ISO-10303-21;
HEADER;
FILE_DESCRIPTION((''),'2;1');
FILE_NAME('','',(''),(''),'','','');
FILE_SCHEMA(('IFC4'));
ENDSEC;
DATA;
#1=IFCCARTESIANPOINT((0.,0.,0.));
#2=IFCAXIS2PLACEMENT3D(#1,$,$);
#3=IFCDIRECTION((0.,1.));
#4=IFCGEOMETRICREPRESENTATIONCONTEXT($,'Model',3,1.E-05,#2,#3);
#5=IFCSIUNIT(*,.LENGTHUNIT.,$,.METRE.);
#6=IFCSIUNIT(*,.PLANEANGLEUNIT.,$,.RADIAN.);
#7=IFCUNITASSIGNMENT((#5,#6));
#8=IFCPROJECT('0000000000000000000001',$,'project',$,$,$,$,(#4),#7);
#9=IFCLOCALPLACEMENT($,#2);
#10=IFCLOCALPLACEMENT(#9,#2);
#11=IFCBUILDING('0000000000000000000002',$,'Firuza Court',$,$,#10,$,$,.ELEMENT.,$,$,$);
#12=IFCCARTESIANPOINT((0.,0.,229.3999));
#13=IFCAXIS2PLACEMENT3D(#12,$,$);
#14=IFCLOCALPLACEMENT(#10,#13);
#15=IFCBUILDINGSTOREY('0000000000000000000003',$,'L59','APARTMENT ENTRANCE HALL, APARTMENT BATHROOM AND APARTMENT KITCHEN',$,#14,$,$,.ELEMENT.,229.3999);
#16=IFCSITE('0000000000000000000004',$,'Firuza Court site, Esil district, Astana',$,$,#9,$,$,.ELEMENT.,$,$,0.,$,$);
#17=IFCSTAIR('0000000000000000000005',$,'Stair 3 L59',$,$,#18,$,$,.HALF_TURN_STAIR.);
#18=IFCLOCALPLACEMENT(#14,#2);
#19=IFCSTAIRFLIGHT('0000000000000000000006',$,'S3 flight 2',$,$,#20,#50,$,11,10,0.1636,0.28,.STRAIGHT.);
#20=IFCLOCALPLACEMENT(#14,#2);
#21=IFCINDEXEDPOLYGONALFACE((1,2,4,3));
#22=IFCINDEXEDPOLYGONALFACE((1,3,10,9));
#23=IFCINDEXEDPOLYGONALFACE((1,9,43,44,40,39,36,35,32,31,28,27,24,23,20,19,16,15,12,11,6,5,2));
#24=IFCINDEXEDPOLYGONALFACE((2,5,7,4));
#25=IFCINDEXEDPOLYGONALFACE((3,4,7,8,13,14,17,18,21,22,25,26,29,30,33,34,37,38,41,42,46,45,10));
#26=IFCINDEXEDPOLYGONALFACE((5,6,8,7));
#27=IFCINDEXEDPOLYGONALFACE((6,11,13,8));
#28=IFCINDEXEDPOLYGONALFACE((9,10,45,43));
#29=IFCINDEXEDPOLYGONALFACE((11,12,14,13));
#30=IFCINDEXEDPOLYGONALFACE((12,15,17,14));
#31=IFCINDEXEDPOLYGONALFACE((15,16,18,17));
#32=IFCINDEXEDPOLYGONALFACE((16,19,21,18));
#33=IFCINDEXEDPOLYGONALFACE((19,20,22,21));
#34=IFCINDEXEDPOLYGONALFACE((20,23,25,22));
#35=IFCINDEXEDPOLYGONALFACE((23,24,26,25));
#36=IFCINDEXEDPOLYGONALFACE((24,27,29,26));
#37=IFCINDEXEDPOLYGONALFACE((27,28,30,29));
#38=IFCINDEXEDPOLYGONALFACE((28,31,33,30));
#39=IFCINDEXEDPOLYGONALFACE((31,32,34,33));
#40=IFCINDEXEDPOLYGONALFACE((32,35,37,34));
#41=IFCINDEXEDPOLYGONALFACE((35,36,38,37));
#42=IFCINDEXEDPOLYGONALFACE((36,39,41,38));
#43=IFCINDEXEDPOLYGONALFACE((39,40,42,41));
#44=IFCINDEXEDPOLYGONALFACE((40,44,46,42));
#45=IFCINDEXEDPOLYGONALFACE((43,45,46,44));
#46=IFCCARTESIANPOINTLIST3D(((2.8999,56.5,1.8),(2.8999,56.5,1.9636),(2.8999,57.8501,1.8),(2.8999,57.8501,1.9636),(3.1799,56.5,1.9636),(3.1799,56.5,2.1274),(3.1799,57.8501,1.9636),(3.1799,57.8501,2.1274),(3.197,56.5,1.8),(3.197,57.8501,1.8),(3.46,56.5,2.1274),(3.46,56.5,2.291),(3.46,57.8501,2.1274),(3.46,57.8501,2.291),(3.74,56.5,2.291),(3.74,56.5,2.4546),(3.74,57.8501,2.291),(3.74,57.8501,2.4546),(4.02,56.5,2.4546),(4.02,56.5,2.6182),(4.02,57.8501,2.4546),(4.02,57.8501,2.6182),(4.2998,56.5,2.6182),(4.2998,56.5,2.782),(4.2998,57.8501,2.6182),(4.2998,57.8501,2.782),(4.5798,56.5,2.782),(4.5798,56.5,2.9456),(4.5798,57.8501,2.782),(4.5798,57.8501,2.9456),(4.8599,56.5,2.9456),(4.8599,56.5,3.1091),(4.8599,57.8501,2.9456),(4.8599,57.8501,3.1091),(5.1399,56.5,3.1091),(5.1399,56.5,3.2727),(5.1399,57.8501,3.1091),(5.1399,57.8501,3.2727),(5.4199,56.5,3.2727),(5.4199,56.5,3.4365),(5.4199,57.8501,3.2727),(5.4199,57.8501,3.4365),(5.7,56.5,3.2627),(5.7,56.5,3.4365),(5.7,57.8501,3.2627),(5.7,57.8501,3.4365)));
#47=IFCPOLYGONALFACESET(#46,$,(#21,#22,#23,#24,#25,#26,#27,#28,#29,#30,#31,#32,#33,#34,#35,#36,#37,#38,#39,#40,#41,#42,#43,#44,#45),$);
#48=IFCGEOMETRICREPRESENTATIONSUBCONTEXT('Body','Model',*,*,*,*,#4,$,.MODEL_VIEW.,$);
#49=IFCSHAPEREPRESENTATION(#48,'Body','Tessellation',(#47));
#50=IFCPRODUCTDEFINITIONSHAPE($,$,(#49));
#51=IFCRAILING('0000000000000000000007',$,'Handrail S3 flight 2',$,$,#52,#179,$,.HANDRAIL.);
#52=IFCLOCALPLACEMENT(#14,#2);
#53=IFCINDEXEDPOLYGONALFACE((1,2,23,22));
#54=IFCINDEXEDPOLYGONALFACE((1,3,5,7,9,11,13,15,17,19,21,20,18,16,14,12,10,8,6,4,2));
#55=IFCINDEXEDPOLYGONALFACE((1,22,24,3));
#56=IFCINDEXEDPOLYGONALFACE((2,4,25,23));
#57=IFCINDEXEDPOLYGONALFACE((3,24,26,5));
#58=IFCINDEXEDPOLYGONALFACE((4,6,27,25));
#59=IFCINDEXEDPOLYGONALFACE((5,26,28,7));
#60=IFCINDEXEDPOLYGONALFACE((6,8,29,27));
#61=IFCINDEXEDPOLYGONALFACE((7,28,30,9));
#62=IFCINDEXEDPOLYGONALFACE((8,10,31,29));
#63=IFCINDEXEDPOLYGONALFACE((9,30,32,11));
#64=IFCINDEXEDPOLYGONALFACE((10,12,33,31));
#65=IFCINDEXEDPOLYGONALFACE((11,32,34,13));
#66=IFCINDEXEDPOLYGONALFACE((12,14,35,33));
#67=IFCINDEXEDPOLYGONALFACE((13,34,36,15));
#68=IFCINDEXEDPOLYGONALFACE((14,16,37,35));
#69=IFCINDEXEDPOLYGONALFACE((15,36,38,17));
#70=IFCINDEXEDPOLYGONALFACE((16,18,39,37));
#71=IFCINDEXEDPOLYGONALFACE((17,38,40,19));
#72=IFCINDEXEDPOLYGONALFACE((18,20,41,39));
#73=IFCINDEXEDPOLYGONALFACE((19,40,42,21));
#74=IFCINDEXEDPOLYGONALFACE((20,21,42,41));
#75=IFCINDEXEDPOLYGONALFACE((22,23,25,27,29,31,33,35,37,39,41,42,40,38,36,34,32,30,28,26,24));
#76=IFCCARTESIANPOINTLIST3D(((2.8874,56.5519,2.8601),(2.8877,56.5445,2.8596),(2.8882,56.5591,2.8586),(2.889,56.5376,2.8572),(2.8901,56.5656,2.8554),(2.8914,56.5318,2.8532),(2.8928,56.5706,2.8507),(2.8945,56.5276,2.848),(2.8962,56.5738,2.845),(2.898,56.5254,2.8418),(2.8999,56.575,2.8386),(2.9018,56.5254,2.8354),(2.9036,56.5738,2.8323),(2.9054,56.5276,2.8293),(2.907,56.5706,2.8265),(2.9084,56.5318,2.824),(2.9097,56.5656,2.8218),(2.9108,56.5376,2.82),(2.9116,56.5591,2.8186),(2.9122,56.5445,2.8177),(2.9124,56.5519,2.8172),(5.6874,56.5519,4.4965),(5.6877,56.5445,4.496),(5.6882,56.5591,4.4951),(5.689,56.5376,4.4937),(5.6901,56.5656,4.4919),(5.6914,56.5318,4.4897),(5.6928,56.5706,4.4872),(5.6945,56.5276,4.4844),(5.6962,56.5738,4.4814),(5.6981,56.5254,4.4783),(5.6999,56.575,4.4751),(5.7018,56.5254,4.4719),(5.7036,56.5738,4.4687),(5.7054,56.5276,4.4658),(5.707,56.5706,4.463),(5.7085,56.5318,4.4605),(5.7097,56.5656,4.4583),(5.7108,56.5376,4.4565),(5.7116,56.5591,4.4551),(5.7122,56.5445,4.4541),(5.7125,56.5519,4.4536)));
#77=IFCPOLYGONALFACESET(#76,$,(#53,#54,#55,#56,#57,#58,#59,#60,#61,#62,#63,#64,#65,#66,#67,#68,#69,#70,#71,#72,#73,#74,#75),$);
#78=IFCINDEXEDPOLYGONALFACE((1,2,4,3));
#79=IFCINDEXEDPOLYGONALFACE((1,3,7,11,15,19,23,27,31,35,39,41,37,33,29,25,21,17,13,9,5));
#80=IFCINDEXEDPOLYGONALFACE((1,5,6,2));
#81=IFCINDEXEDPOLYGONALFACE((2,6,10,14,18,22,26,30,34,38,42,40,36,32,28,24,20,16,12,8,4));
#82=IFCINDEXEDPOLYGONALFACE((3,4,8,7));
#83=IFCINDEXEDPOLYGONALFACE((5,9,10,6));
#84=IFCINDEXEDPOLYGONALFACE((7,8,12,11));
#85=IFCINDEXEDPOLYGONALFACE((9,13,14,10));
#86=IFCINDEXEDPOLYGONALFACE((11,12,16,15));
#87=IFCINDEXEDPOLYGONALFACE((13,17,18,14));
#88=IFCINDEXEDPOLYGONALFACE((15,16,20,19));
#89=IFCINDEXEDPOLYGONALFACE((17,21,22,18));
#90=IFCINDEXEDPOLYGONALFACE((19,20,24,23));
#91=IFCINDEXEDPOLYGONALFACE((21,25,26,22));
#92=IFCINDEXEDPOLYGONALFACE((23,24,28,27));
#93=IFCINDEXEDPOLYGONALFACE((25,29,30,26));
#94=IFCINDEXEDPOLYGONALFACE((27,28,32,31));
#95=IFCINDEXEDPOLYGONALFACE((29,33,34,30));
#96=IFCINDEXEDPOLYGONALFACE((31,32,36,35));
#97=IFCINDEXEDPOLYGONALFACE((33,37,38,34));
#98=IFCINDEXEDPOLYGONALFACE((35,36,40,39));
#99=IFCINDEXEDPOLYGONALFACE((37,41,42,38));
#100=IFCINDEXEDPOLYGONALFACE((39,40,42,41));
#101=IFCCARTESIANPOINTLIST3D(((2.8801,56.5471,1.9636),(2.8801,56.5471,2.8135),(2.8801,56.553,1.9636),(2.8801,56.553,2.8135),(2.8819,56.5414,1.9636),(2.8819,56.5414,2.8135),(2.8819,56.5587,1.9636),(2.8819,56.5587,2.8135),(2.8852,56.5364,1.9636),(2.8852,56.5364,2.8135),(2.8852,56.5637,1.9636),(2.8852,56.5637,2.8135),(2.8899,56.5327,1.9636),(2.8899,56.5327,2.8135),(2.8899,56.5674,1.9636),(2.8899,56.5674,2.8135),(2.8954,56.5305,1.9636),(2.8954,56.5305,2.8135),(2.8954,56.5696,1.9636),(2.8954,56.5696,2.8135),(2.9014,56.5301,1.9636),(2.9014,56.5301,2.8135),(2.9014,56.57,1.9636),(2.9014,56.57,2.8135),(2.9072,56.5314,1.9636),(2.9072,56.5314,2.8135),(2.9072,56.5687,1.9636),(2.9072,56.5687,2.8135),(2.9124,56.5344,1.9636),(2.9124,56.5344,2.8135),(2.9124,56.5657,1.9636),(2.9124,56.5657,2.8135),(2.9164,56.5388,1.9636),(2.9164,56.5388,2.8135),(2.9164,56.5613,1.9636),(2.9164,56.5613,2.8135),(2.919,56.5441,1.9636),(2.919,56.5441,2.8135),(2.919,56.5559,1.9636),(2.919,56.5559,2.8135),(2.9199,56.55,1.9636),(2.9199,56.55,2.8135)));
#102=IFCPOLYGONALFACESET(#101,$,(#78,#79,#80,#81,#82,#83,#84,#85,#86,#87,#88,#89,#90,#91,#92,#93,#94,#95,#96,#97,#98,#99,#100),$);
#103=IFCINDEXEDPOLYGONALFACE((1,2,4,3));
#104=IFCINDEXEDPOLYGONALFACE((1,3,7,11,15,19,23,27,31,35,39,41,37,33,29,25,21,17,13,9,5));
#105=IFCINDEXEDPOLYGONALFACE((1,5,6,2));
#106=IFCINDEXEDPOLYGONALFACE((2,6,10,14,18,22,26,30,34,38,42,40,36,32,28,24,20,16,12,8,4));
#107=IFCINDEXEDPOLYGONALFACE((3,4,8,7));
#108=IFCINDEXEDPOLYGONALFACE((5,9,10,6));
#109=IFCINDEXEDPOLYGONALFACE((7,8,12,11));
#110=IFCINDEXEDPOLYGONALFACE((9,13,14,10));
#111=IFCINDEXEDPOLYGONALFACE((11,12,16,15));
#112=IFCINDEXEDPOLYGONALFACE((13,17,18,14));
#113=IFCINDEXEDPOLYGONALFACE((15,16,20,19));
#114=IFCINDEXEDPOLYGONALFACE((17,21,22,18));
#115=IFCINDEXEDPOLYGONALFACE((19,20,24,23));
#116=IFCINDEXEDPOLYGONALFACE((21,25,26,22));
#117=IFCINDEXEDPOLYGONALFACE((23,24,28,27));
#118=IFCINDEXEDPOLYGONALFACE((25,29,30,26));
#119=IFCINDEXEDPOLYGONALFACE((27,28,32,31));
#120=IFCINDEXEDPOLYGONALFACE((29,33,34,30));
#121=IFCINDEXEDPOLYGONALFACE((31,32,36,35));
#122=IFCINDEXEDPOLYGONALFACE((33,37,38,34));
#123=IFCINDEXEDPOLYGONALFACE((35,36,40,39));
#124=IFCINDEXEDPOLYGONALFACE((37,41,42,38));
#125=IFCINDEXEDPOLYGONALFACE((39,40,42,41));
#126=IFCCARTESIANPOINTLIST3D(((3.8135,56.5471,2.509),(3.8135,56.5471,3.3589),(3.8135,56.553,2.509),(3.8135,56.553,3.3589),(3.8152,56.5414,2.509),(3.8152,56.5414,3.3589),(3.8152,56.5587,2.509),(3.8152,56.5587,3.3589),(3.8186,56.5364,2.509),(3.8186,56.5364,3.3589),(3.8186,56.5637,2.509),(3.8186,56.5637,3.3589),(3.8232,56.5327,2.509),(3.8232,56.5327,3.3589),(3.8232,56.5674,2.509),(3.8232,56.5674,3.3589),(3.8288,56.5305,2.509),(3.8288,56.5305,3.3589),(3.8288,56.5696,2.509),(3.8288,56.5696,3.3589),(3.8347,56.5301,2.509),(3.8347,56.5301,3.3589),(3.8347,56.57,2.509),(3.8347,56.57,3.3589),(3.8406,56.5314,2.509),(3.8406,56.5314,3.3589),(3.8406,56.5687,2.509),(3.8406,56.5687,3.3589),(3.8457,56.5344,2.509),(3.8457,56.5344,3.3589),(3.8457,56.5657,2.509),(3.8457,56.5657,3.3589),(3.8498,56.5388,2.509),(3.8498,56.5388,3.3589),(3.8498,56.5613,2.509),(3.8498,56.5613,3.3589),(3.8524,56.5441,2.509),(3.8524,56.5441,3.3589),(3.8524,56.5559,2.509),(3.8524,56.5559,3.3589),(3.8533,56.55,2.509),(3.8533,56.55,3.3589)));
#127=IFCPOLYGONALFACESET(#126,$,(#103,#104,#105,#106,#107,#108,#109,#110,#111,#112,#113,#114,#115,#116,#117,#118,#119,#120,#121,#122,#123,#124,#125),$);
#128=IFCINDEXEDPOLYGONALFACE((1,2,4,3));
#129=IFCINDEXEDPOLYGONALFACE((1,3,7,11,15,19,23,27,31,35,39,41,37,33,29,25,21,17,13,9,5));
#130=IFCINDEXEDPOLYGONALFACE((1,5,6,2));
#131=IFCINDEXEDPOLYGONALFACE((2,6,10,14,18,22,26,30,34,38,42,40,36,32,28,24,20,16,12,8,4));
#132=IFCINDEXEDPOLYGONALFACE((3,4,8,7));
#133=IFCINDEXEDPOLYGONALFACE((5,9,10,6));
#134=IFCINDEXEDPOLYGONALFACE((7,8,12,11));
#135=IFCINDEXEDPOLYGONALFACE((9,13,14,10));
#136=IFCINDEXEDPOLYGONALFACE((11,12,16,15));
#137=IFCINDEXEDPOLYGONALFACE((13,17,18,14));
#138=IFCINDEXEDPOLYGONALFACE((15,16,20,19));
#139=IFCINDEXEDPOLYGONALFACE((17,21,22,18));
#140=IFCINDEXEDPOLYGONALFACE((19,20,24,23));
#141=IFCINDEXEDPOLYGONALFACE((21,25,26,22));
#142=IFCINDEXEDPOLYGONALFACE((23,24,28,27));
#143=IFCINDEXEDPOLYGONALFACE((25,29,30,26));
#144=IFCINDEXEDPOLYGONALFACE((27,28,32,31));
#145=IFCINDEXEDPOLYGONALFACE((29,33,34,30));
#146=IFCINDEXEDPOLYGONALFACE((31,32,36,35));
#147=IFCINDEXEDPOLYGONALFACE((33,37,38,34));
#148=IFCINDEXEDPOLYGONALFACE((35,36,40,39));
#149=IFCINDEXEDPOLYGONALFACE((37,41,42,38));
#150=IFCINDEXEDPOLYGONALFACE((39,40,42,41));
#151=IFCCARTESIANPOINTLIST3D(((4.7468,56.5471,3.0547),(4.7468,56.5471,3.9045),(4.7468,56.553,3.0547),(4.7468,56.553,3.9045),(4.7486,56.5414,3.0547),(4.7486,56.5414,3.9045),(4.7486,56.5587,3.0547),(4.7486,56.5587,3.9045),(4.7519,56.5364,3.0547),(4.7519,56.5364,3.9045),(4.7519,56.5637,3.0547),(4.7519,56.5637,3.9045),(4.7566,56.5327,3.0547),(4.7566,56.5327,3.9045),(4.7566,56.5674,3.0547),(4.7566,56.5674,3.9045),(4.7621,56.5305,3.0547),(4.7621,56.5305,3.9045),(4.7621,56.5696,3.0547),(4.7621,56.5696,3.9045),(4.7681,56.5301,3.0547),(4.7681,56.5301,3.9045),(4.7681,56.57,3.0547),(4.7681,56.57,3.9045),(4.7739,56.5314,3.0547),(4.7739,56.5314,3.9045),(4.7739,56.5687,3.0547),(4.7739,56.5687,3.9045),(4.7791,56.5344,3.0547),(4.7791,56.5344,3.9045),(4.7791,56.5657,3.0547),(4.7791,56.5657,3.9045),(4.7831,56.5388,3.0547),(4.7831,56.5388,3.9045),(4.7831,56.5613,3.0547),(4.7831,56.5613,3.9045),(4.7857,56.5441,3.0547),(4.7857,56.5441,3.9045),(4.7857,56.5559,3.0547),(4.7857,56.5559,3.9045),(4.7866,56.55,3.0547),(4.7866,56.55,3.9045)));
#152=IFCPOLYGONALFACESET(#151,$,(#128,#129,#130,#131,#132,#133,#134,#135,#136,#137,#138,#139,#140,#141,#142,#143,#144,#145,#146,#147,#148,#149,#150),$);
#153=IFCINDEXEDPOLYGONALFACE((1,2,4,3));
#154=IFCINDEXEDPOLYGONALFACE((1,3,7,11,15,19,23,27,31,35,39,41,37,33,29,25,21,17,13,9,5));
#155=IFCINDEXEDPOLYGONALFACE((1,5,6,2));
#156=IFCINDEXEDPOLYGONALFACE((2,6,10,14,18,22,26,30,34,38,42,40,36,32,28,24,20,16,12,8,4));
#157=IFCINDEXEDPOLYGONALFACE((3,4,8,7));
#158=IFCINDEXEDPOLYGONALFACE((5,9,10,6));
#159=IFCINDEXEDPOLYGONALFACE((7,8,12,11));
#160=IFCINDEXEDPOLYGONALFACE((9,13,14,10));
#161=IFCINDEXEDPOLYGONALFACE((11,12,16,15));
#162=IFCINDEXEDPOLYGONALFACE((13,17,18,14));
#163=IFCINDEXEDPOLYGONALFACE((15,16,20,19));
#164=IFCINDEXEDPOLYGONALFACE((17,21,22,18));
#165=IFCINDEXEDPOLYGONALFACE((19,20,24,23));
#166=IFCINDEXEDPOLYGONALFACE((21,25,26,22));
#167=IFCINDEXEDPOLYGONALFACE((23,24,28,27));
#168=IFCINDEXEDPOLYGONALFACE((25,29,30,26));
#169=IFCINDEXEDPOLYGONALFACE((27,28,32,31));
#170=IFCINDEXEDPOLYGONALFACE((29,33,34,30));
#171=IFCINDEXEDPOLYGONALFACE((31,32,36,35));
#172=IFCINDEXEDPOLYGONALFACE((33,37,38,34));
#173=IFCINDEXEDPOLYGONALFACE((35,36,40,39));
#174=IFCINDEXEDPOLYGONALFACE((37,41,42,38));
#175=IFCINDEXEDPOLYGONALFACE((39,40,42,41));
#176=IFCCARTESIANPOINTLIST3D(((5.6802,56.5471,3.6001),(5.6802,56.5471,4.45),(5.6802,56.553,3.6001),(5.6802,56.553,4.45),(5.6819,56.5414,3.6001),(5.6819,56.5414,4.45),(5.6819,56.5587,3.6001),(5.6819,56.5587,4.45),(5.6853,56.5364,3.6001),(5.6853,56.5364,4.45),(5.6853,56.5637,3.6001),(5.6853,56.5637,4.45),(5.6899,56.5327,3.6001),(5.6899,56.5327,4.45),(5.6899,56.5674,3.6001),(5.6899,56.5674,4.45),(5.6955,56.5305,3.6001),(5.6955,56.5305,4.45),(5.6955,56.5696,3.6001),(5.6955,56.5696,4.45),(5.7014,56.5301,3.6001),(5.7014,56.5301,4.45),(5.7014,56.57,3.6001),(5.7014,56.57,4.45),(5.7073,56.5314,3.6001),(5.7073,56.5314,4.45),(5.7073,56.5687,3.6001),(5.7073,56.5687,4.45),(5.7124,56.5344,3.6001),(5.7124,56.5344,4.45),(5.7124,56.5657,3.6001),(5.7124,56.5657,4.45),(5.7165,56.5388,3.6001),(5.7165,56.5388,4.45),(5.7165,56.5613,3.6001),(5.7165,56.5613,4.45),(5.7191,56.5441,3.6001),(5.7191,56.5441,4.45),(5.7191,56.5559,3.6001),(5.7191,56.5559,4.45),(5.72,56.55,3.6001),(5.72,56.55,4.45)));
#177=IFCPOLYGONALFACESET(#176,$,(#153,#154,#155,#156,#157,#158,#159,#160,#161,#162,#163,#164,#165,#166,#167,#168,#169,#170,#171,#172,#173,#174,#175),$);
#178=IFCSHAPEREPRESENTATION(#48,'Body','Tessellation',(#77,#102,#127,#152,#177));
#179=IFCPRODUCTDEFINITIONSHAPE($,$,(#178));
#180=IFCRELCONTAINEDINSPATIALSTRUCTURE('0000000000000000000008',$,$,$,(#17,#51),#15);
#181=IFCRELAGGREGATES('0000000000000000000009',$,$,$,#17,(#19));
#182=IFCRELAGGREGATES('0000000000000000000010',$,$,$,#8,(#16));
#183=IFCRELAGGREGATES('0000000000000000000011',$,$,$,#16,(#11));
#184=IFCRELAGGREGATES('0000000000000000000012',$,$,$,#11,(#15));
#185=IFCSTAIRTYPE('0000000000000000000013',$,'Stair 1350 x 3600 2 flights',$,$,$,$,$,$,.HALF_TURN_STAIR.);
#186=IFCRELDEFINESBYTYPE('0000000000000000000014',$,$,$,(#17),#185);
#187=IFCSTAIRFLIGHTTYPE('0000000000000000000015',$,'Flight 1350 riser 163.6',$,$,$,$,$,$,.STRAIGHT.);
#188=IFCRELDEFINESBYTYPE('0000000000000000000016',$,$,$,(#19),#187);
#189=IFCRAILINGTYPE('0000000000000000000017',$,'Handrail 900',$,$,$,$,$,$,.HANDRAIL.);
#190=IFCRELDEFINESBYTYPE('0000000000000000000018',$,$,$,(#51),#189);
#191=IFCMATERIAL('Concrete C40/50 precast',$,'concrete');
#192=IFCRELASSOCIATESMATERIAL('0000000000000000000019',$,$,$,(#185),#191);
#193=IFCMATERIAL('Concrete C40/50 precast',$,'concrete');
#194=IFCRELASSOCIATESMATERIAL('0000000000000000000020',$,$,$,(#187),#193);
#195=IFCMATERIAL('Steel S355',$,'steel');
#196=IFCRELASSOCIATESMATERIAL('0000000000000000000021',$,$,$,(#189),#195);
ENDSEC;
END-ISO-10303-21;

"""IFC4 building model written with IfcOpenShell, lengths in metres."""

from ifc_helpers import new_model, si_unit, direction, frame, origin, origin_2d, place, context, subcontext, project, spatial, polyline, circle, outline, extrude, material, type_object, element, aggregate, save


model = new_model("IFC4")

# Units and contexts
model_context = context("Model", 3, precision=1e-05, world=origin(), true_north=direction((0.0, 1.0)))
body_context = subcontext(model_context, "Body", "Model", "MODEL_VIEW")
ifc_project = project(units=[si_unit("LENGTHUNIT", "METRE"), si_unit("PLANEANGLEUNIT", "RADIAN")], contexts=[model_context])

# Site, building, storey
site_placement = place(None, origin())
site = spatial("IfcSite", under=ifc_project, at=site_placement, Name="Firuza Court site, Esil district, Astana", CompositionType="ELEMENT", RefElevation=0.0)
building_placement = place(site_placement, origin())
building = spatial("IfcBuilding", under=site, at=building_placement, Name="Firuza Court", CompositionType="ELEMENT")
storey_placement = place(building_placement, frame((0.0, 0.0, 229.3999)))
storey = spatial("IfcBuildingStorey", under=building, at=storey_placement, Name="L59", Description="APARTMENT ENTRANCE HALL, APARTMENT BATHROOM AND APARTMENT KITCHEN", CompositionType="ELEMENT", Elevation=229.3999)

# Stair, stair flight
ifc_material_1 = material(Name="Concrete C40/50 precast", Category="concrete")
stair_type = type_object("IfcStairType", Name="Stair 1350 x 3600 2 flights", PredefinedType="HALF_TURN_STAIR", material=ifc_material_1)
stair_placement = place(storey_placement, origin())
stair = element("IfcStair", 1, at=stair_placement, inside=storey, type_object=stair_type, Name="Stair 3 L59", PredefinedType="HALF_TURN_STAIR")
ifc_material_2 = material(Name="Concrete C40/50 precast", Category="concrete")
stair_flight_type = type_object("IfcStairFlightType", Name="Flight 1350 riser 163.6", PredefinedType="STRAIGHT", material=ifc_material_2)
stair_flight_placement = place(storey_placement, frame((2.8999, 57.175, 1.8), z_axis=(0.0, 0.0, 1.0), x_axis=(1.0, 0.0, 0.0)))
stair_flight = element("IfcStairFlight", 2, at=stair_flight_placement, type_object=stair_flight_type, Name="S3 flight 2", NumberOfRisers=11, NumberOfTreads=10, PredefinedType="STRAIGHT", RiserHeight=0.1636, TreadLength=0.28, context=body_context, shape_type="SweptSolid", body=[
    extrude(outline(polyline([(0.0, 0.0), (0.0, 0.1636), (0.28, 0.1636), (0.28, 0.3274), (0.5601, 0.3274), (0.5601, 0.491), (0.8401, 0.491), (0.8401, 0.6545), (1.1201, 0.6545), (1.1201, 0.8181), (1.3999, 0.8181), (1.3999, 0.9819), (1.6799, 0.9819), (1.6799, 1.1455), (1.96, 1.1455), (1.96, 1.3091), (2.24, 1.3091), (2.24, 1.4727), (2.52, 1.4727), (2.52, 1.6365), (2.8, 1.6365), (2.8, 1.8), (2.8, 1.4626), (0.2971, 0.0), (0.0, 0.0)])), frame((0.0, 0.675, 0.0), z_axis=(0.0, -1.0, 0.0), x_axis=(1.0, 0.0, 0.0)), (0.0, 0.0, 1.0), 1.3501),
])
aggregate(stair, [stair_flight])

# Railing
ifc_material_3 = material(Name="Steel S355", Category="steel")
railing_type = type_object("IfcRailingType", Name="Handrail 900", PredefinedType="HANDRAIL", material=ifc_material_3)
railing_placement = place(storey_placement, frame((2.8999, 56.55, 1.9636)))
element("IfcRailing", 3, at=railing_placement, inside=storey, type_object=railing_type, Name="Handrail S3 flight 2", PredefinedType="HANDRAIL", context=body_context, shape_type="SweptSolid", body=[
    extrude(circle(Radius=0.0249, at=origin_2d()), frame((0.0, 0.0, 0.875), z_axis=(0.863361, 0.0, 0.504587), x_axis=(0.0, 1.0, 0.0)), (0.0, 0.0, 1.0), 3.2432),
    extrude(circle(Radius=0.02, at=origin_2d()), origin(), (0.0, 0.0, 1.0), 0.8499),
    extrude(circle(Radius=0.02, at=origin_2d()), frame((0.9333, 0.0, 0.5454)), (0.0, 0.0, 1.0), 0.8499),
    extrude(circle(Radius=0.02, at=origin_2d()), frame((1.8667, 0.0, 1.0911)), (0.0, 0.0, 1.0), 0.8499),
    extrude(circle(Radius=0.02, at=origin_2d()), frame((2.8, 0.0, 1.6365)), (0.0, 0.0, 1.0), 0.8499),
])

save(model, "model.ifc")
